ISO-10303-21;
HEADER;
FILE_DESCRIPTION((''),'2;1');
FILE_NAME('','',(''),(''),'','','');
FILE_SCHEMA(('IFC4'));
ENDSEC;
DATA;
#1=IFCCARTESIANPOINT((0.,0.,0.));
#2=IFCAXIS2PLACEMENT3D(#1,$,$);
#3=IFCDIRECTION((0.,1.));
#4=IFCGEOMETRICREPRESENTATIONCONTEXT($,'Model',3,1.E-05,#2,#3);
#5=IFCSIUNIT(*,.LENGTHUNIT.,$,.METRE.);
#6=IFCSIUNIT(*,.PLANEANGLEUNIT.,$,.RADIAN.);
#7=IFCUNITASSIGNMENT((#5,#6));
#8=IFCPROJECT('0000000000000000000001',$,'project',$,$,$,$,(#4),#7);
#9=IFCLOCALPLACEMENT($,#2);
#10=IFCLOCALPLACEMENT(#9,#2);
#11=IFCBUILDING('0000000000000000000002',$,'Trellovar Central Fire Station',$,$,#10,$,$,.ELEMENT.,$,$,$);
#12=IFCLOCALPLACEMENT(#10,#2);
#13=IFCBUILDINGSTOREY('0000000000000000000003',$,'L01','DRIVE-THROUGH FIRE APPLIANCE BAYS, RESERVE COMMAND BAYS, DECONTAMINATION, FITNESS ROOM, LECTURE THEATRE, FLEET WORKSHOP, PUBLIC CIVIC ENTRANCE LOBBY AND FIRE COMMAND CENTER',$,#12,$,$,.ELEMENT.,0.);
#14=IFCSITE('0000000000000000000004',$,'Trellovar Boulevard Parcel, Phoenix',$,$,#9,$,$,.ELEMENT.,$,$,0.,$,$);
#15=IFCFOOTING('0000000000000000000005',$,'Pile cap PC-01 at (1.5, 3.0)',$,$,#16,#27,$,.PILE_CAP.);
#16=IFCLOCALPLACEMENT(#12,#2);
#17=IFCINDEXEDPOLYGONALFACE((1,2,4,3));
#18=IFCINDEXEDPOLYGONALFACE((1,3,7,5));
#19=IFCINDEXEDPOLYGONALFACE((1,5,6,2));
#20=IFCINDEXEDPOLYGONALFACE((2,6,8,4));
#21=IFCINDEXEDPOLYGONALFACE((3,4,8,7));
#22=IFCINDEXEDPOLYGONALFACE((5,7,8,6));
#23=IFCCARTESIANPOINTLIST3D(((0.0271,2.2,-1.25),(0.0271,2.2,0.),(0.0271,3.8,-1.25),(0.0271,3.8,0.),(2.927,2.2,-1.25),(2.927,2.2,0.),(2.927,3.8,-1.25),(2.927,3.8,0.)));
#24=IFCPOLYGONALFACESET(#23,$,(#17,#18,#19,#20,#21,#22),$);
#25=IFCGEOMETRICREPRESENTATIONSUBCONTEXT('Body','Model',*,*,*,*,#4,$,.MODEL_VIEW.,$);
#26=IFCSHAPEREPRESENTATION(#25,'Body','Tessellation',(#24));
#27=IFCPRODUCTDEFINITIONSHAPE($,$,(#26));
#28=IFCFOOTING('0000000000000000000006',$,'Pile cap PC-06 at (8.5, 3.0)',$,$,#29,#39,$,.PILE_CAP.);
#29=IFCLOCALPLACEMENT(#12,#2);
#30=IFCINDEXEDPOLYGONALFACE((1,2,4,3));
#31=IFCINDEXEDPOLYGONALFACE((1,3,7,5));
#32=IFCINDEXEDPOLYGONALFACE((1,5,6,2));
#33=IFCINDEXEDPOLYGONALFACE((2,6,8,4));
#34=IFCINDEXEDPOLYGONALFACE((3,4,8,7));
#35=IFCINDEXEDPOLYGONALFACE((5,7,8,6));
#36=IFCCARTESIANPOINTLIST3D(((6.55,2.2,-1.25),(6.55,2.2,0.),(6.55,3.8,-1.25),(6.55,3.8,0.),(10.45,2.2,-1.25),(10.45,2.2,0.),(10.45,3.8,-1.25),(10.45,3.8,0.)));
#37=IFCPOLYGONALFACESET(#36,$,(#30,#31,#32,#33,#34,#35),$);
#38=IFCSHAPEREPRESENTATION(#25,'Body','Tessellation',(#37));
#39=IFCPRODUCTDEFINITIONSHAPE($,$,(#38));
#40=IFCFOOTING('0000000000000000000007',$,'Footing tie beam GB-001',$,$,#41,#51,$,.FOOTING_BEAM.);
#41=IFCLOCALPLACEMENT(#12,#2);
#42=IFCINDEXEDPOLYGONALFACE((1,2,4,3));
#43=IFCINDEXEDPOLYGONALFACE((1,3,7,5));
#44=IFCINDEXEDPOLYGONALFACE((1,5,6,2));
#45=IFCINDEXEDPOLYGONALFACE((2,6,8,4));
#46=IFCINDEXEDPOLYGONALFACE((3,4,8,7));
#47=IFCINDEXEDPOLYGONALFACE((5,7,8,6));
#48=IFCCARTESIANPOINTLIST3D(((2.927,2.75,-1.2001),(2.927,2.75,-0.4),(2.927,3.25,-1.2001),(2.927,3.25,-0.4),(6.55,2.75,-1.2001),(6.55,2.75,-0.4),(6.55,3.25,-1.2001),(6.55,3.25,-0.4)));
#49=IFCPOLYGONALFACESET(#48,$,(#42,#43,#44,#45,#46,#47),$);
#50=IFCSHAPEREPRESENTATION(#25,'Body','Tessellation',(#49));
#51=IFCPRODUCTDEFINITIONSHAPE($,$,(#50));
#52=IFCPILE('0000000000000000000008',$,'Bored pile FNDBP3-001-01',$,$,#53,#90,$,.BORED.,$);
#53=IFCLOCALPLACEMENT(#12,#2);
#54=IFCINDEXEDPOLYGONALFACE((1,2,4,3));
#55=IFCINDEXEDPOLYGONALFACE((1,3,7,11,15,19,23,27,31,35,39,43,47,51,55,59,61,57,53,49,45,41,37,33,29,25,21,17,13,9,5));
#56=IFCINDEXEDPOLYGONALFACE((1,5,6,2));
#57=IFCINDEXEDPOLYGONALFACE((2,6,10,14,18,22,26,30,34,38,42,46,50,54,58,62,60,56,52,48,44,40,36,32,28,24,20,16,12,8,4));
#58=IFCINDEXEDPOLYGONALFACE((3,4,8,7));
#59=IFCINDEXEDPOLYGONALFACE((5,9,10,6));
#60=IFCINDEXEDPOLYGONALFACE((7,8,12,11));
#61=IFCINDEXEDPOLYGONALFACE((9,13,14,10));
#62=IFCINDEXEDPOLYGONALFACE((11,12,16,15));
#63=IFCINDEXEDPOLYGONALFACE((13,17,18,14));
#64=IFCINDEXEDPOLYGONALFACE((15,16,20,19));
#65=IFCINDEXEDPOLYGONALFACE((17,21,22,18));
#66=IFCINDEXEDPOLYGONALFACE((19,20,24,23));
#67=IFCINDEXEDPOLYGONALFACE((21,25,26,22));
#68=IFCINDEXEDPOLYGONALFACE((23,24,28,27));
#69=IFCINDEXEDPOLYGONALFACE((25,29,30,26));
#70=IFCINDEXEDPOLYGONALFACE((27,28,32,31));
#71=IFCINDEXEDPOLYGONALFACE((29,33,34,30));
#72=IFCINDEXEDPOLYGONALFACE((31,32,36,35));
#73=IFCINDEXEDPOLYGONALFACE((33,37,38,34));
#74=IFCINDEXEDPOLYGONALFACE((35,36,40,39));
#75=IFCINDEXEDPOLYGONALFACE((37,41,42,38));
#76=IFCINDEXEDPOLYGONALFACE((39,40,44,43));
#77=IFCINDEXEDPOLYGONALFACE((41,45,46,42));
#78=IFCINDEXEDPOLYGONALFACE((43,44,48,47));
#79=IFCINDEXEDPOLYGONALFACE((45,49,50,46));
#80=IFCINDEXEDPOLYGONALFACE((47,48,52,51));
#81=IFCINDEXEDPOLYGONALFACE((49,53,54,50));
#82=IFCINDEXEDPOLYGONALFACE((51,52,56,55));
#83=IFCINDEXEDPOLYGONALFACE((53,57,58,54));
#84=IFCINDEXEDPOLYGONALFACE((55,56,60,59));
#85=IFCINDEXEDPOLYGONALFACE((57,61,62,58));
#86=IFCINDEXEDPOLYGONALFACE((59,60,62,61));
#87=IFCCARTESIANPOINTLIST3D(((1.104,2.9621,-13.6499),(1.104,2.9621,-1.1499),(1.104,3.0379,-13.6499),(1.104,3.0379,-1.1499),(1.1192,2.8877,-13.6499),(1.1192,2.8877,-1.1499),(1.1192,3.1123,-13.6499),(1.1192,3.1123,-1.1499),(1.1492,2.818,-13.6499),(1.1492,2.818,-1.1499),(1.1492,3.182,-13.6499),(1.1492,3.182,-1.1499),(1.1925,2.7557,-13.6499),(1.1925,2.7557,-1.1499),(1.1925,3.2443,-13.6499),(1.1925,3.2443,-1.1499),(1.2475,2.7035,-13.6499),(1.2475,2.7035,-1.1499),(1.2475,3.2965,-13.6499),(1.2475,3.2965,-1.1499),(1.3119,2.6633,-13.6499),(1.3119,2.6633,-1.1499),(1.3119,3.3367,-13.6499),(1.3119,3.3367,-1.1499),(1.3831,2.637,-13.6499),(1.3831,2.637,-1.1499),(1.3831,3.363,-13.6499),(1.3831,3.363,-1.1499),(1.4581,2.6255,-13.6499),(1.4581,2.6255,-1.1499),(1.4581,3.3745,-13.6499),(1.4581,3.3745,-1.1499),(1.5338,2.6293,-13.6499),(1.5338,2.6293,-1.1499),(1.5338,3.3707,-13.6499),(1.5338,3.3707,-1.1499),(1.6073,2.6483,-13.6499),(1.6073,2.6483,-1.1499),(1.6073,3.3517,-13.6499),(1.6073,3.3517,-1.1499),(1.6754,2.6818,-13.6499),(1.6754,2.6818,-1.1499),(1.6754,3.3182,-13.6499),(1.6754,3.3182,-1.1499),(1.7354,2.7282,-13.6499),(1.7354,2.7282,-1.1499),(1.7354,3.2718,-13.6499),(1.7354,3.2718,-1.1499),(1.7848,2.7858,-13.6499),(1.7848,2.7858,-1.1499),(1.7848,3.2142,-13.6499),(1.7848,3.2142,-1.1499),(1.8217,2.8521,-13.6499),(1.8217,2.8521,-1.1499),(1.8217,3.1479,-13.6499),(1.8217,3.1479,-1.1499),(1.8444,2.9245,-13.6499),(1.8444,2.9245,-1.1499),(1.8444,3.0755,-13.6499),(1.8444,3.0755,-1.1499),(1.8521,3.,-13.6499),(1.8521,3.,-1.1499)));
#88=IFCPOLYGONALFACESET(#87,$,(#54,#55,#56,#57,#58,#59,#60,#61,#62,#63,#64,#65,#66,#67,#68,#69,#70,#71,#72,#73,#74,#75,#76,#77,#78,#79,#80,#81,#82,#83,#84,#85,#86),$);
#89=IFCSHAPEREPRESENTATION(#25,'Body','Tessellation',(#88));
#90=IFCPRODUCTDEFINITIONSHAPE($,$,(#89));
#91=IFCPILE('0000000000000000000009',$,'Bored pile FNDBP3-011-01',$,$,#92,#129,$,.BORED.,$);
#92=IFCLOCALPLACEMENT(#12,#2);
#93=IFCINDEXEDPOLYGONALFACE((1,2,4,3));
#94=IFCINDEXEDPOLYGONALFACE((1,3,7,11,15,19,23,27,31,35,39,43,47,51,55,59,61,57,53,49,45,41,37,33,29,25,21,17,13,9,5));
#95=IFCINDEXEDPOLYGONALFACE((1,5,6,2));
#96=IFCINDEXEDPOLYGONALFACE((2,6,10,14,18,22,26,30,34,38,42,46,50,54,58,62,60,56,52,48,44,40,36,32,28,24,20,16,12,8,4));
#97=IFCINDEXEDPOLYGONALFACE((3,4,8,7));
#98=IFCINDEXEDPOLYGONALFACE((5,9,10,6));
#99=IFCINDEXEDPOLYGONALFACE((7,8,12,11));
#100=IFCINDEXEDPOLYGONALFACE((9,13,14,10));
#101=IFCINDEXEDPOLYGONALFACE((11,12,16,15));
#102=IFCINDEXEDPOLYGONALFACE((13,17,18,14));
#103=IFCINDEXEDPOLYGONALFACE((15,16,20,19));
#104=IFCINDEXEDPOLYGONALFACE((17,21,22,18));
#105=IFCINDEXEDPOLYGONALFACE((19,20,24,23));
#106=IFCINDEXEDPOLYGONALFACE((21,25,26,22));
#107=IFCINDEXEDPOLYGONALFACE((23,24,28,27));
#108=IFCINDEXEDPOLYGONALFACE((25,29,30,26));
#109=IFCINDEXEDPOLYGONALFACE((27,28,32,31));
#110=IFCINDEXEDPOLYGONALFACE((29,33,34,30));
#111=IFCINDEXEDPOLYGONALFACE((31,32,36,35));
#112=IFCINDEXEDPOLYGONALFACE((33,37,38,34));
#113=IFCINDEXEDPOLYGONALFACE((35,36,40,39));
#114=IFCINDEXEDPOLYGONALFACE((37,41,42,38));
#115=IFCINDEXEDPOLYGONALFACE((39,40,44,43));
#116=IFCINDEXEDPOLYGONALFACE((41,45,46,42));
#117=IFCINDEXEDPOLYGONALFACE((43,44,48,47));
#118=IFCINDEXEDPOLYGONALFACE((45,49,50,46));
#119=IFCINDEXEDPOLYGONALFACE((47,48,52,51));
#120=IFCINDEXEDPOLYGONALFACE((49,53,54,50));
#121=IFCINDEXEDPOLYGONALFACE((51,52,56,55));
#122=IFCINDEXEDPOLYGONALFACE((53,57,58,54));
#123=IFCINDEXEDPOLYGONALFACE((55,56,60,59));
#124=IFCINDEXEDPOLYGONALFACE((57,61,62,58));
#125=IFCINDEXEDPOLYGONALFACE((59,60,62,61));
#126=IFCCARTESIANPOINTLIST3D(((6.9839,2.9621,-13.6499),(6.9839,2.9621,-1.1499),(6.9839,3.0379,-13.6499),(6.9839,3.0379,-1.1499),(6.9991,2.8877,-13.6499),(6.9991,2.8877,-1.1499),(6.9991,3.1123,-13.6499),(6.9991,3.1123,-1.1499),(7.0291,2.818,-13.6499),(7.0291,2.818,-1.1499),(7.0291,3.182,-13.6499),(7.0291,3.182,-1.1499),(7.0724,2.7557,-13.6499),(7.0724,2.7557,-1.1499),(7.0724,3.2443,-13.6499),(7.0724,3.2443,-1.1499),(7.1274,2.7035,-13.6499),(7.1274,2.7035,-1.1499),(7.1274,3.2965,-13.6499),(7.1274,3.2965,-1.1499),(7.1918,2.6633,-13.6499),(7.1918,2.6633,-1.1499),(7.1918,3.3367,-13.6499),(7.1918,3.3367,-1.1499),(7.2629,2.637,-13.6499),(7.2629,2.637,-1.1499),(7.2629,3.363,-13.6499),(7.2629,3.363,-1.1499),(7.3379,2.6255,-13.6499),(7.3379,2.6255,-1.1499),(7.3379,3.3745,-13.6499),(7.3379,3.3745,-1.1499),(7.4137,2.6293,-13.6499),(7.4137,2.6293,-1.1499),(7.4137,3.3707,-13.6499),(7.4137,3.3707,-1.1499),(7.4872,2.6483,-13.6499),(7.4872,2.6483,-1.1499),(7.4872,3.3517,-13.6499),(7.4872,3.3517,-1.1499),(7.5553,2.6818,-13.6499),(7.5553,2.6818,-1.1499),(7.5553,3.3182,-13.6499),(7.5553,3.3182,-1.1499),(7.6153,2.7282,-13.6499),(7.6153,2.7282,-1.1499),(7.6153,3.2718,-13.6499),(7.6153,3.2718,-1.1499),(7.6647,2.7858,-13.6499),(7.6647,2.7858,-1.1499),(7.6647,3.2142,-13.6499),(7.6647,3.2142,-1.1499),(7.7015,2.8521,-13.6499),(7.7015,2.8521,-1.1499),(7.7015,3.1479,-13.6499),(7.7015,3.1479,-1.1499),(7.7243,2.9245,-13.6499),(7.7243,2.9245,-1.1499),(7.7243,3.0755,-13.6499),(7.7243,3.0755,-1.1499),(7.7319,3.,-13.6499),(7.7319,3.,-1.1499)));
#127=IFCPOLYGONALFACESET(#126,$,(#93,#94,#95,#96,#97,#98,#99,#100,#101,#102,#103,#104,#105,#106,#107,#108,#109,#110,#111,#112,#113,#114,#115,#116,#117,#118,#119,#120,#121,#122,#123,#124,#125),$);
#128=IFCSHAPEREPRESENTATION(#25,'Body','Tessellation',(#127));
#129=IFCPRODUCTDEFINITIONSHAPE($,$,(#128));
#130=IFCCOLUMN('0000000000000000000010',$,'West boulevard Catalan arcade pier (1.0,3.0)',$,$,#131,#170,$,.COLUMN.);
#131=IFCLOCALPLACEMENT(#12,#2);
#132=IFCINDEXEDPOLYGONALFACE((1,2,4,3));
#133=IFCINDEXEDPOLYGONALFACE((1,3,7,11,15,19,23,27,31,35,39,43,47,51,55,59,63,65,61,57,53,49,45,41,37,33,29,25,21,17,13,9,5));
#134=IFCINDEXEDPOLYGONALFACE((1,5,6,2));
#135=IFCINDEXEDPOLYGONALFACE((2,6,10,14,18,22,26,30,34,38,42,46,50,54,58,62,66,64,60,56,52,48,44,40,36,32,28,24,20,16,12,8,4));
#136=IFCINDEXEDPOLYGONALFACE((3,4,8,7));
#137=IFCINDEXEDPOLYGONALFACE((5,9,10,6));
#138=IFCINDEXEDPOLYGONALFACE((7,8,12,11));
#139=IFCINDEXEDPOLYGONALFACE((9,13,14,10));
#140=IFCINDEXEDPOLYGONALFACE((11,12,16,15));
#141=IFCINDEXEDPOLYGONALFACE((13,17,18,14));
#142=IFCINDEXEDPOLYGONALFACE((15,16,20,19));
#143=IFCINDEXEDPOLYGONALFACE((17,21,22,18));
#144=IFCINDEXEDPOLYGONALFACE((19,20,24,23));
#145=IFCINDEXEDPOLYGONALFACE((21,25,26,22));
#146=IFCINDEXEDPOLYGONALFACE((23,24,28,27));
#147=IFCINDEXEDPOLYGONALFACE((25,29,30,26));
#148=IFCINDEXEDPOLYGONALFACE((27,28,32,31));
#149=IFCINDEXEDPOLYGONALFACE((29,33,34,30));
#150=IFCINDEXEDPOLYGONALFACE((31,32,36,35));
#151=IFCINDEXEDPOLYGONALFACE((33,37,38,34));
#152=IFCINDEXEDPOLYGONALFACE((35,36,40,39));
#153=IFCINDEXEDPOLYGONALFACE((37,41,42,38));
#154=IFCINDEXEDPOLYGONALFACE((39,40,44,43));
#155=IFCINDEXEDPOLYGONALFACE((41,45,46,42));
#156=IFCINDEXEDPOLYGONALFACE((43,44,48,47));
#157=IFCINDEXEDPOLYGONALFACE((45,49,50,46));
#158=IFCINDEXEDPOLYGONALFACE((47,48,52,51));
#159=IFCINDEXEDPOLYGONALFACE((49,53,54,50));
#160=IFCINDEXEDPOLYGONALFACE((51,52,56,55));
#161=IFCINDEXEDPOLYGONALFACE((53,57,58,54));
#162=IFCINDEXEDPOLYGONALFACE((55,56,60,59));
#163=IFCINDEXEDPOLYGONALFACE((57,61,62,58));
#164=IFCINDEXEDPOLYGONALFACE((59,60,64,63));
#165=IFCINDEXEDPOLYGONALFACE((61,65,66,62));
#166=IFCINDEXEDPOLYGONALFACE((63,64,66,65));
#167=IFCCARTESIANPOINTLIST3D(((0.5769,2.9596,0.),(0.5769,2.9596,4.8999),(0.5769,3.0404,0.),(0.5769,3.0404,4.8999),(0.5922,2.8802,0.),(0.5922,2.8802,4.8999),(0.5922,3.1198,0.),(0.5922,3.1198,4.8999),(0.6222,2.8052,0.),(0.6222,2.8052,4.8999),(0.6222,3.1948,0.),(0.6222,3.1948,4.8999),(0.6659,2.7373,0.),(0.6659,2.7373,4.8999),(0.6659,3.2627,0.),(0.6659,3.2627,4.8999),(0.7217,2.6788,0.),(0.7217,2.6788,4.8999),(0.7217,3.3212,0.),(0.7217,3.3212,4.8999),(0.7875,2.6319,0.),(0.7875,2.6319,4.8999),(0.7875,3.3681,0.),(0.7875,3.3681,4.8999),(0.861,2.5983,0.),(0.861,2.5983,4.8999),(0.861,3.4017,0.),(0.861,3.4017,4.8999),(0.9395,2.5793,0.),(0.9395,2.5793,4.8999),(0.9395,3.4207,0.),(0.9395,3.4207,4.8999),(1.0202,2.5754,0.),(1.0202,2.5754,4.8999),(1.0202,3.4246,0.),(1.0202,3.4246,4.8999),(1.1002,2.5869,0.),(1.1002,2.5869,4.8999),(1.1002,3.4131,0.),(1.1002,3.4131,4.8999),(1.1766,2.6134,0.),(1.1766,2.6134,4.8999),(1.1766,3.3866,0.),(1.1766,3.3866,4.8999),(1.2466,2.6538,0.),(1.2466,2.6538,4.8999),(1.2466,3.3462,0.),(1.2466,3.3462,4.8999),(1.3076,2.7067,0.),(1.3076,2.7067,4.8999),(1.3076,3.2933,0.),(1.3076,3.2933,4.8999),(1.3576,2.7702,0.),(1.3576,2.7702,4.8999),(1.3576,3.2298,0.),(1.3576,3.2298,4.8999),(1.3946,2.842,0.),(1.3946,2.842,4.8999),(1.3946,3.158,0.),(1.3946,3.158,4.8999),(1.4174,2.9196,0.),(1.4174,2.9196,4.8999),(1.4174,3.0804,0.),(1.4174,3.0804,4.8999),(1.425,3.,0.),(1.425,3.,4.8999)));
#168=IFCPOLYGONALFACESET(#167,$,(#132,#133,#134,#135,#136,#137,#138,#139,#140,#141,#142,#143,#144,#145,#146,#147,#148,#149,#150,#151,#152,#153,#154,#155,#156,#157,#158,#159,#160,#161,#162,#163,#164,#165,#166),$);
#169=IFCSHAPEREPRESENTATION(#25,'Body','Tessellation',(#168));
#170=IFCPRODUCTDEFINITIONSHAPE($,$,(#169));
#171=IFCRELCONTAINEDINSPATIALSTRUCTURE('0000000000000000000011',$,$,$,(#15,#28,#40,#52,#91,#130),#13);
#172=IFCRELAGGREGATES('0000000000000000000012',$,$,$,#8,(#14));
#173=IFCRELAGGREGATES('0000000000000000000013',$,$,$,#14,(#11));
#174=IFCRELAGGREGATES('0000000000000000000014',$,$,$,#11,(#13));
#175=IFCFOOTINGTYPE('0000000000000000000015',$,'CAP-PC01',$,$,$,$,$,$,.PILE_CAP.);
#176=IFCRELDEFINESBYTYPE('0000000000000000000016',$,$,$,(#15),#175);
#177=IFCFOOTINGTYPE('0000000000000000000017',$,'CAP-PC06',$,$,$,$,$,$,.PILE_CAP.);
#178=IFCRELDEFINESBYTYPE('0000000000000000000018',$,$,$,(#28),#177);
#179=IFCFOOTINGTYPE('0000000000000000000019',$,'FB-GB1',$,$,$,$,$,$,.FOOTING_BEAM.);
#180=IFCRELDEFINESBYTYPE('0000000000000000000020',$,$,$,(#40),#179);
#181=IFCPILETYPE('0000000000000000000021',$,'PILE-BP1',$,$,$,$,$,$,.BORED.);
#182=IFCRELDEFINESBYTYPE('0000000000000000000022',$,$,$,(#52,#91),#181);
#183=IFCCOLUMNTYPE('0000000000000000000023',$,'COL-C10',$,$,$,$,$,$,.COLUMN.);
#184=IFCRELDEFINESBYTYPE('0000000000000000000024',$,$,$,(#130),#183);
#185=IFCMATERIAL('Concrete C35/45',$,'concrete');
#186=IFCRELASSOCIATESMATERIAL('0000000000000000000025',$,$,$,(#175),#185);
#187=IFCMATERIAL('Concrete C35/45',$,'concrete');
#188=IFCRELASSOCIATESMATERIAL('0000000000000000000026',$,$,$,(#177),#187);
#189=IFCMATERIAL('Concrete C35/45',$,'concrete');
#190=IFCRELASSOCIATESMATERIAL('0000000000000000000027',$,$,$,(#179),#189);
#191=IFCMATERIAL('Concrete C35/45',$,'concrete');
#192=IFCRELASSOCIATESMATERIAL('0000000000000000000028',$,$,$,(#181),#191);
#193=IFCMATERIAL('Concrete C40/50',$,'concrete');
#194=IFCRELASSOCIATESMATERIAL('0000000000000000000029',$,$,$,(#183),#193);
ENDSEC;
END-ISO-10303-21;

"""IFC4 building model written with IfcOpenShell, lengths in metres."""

from ifc_helpers import new_model, si_unit, direction, frame, origin, origin_2d, place, context, subcontext, project, spatial, rectangle, circle, extrude, material, material_profile, profile_set, type_object, element, save


model = new_model("IFC4")

# Units and contexts
model_context = context("Model", 3, precision=1e-05, world=origin(), true_north=direction((0.0, 1.0)))
body_context = subcontext(model_context, "Body", "Model", "MODEL_VIEW")
ifc_project = project(units=[si_unit("LENGTHUNIT", "METRE"), si_unit("PLANEANGLEUNIT", "RADIAN")], contexts=[model_context])

# Site, building, storey
site_placement = place(None, origin())
site = spatial("IfcSite", under=ifc_project, at=site_placement, Name="Trellovar Boulevard Parcel, Phoenix", CompositionType="ELEMENT", RefElevation=0.0)
building_placement = place(site_placement, origin())
building = spatial("IfcBuilding", under=site, at=building_placement, Name="Trellovar Central Fire Station", CompositionType="ELEMENT")
storey_placement = place(building_placement, origin())
storey = spatial("IfcBuildingStorey", under=building, at=storey_placement, Name="L01", Description="DRIVE-THROUGH FIRE APPLIANCE BAYS, RESERVE COMMAND BAYS, DECONTAMINATION, FITNESS ROOM, LECTURE THEATRE, FLEET WORKSHOP, PUBLIC CIVIC ENTRANCE LOBBY AND FIRE COMMAND CENTER", CompositionType="ELEMENT", Elevation=0.0)

# Footings
ifc_material_1 = material(Name="Concrete C35/45", Category="concrete")
footing_type_1 = type_object("IfcFootingType", Name="CAP-PC01", PredefinedType="PILE_CAP", material=ifc_material_1)
footing_1_placement = place(storey_placement, frame((1.4771, 3.0, -1.25), z_axis=(0.0, 0.0, 1.0), x_axis=(1.0, 0.0, 0.0)))
element("IfcFooting", 1, at=footing_1_placement, inside=storey, type_object=footing_type_1, Name="Pile cap PC-01 at (1.5, 3.0)", PredefinedType="PILE_CAP", context=body_context, shape_type="SweptSolid", body=[
    extrude(rectangle(XDim=2.8999, YDim=1.6001, at=origin_2d()), origin(), (0.0, 0.0, 1.0), 1.25),
])
ifc_material_2 = material(Name="Concrete C35/45", Category="concrete")
footing_type_2 = type_object("IfcFootingType", Name="CAP-PC06", PredefinedType="PILE_CAP", material=ifc_material_2)
footing_2_placement = place(storey_placement, frame((8.5, 3.0, -1.25), z_axis=(0.0, 0.0, 1.0), x_axis=(1.0, 0.0, 0.0)))
element("IfcFooting", 2, at=footing_2_placement, inside=storey, type_object=footing_type_2, Name="Pile cap PC-06 at (8.5, 3.0)", PredefinedType="PILE_CAP", context=body_context, shape_type="SweptSolid", body=[
    extrude(rectangle(XDim=3.8999, YDim=1.6001, at=origin_2d()), origin(), (0.0, 0.0, 1.0), 1.25),
])
ifc_material_3 = material(Name="Concrete C35/45", Category="concrete")
ifc_material_profile_1 = material_profile(ifc_material_3, rectangle(XDim=0.5, YDim=0.8, at=origin_2d()), Name="RC500X800")
ifc_profile_set_1 = profile_set([ifc_material_profile_1], Name="Concrete C35/45")
footing_type_3 = type_object("IfcFootingType", Name="FB-GB1", PredefinedType="FOOTING_BEAM", material=ifc_profile_set_1)
footing_3_placement = place(storey_placement, frame((2.927, 3.0, -0.8), z_axis=(1.0, 0.0, 0.0), x_axis=(0.0, 1.0, 0.0)))
element("IfcFooting", 3, at=footing_3_placement, inside=storey, type_object=footing_type_3, Name="Footing tie beam GB-001", PredefinedType="FOOTING_BEAM", context=body_context, shape_type="SweptSolid", body=[
    extrude(rectangle(XDim=0.5, YDim=0.8, at=origin_2d()), origin(), (0.0, 0.0, 1.0), 3.623),
])

# Piles
ifc_material_4 = material(Name="Concrete C35/45", Category="concrete")
ifc_material_profile_2 = material_profile(ifc_material_4, circle(Radius=0.375, at=origin_2d()), Name="PILE750")
ifc_profile_set_2 = profile_set([ifc_material_profile_2], Name="Concrete C35/45")
pile_type = type_object("IfcPileType", Name="PILE-BP1", PredefinedType="BORED", material=ifc_profile_set_2)
for number, where, z_axis, x_axis, name in (
    (4, (1.4771, 3.0, -1.1499), (0.0, 0.0, -1.0), (1.0, 0.0, 0.0), "Bored pile FNDBP3-001-01"),
    (5, (7.3569, 3.0, -1.1499), (0.0, 0.0, -1.0), (1.0, 0.0, 0.0), "Bored pile FNDBP3-011-01"),
):
    element("IfcPile", number, at=place(storey_placement, frame(where, z_axis=z_axis, x_axis=x_axis)), inside=storey, type_object=pile_type, Name=name, PredefinedType="BORED", context=body_context, shape_type="SweptSolid", body=[
        extrude(circle(Radius=0.375, at=origin_2d()), origin(), (0.0, 0.0, 1.0), 12.5),
    ])

# Column
ifc_material_5 = material(Name="Concrete C40/50", Category="concrete")
ifc_material_profile_3 = material_profile(ifc_material_5, circle(Radius=0.425, at=origin_2d()), Name="RCD850")
ifc_profile_set_3 = profile_set([ifc_material_profile_3], Name="Concrete C40/50")
column_type = type_object("IfcColumnType", Name="COL-C10", PredefinedType="COLUMN", material=ifc_profile_set_3)
column_placement = place(storey_placement, frame((1.0, 3.0, 0.0), z_axis=(0.0, 0.0, 1.0), x_axis=(1.0, 0.0, 0.0)))
element("IfcColumn", 6, at=column_placement, inside=storey, type_object=column_type, Name="West boulevard Catalan arcade pier (1.0,3.0)", PredefinedType="COLUMN", context=body_context, shape_type="SweptSolid", body=[
    extrude(circle(Radius=0.425, at=origin_2d()), origin(), (0.0, 0.0, 1.0), 4.8999),
])

save(model, "model.ifc")
